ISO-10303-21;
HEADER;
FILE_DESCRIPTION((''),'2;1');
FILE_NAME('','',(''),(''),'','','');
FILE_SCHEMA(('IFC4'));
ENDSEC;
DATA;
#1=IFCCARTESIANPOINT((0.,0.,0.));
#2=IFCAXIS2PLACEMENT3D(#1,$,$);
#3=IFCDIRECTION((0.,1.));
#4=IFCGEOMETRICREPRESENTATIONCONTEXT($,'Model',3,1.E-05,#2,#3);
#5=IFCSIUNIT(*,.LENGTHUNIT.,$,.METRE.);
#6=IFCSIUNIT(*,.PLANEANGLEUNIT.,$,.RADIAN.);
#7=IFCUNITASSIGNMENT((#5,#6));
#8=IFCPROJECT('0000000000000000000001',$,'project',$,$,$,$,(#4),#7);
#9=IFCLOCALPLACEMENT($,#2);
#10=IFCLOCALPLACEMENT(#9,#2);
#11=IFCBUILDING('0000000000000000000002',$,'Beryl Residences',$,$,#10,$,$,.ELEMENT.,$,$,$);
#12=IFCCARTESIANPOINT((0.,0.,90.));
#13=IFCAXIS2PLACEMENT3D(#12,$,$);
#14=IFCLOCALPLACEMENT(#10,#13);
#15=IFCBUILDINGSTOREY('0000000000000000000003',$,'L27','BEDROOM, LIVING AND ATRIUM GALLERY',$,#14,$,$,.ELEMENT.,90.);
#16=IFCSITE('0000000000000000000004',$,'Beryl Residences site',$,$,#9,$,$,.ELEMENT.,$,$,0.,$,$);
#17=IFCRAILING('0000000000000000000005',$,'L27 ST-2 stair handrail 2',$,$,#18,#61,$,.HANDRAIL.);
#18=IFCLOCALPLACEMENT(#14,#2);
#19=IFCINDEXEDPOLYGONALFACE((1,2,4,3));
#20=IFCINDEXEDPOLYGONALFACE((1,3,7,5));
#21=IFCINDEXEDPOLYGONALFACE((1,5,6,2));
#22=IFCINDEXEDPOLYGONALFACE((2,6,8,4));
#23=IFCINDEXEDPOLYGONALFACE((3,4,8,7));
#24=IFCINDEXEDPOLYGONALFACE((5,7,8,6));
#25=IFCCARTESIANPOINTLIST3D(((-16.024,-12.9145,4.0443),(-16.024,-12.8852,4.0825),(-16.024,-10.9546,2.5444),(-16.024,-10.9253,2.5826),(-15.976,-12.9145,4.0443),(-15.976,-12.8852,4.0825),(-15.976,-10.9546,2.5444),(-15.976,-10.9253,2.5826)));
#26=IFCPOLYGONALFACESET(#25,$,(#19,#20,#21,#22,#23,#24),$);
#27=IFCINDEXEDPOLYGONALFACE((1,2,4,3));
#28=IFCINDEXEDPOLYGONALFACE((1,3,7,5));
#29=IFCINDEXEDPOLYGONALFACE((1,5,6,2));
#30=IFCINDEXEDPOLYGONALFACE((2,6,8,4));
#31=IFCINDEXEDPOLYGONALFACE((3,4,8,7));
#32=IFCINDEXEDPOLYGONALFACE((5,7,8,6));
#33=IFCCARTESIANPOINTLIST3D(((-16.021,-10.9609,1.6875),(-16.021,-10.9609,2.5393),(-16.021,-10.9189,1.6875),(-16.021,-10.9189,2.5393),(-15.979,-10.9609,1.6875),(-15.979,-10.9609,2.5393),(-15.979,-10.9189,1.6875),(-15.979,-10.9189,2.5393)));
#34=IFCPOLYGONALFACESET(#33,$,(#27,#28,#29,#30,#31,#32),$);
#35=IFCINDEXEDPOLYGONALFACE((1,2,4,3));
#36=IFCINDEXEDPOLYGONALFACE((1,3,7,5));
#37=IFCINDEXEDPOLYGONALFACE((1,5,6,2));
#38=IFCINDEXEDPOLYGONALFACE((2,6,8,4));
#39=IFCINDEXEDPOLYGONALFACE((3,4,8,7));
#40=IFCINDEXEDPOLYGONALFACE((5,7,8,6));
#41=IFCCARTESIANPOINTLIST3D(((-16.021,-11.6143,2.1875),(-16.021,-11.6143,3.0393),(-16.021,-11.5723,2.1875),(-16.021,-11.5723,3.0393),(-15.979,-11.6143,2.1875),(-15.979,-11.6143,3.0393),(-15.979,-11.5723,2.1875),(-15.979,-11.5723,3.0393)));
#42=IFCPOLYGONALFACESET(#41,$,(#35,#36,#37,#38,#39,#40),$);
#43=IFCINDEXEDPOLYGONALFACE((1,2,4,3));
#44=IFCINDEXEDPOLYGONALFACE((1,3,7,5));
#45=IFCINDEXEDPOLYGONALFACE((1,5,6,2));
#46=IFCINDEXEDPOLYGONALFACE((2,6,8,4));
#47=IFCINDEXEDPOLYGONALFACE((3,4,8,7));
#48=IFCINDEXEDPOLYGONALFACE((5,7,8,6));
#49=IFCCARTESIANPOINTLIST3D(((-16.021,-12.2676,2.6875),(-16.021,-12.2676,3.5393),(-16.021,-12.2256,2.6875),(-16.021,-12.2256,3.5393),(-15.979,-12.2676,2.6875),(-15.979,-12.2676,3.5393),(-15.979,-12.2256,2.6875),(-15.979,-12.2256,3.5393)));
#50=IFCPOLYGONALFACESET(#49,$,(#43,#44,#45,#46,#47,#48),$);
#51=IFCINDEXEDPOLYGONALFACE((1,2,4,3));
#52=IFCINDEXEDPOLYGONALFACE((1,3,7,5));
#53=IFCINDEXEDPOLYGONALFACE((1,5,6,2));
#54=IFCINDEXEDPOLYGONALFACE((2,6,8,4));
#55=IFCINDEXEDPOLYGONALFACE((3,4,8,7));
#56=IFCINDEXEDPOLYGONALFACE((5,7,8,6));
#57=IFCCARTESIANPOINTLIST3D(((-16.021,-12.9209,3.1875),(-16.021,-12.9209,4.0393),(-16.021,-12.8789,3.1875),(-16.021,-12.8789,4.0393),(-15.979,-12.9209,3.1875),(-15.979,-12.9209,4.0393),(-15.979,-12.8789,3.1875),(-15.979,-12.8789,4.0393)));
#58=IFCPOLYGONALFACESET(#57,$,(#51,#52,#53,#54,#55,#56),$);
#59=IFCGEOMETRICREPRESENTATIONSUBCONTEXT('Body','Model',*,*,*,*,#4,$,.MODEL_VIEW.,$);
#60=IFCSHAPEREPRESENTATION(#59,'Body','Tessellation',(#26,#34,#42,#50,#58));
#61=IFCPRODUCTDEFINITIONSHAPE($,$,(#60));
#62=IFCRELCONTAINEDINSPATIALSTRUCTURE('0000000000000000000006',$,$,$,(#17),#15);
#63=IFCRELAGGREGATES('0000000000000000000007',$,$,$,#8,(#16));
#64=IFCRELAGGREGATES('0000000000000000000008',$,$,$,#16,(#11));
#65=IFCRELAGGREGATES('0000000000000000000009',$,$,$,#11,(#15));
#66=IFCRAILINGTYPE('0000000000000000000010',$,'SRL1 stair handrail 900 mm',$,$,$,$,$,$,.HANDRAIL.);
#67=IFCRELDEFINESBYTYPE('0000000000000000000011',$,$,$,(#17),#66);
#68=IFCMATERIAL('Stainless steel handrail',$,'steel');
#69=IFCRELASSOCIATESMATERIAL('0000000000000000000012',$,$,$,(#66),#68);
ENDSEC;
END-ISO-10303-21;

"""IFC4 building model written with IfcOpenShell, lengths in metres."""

from ifc_helpers import new_model, si_unit, direction, frame, origin, origin_2d, place, context, subcontext, project, spatial, rectangle, extrude, material, type_object, element, save


model = new_model("IFC4")

# Units and contexts
model_context = context("Model", 3, precision=1e-05, world=origin(), true_north=direction((0.0, 1.0)))
body_context = subcontext(model_context, "Body", "Model", "MODEL_VIEW")
ifc_project = project(units=[si_unit("LENGTHUNIT", "METRE"), si_unit("PLANEANGLEUNIT", "RADIAN")], contexts=[model_context])

# Site, building, storey
site_placement = place(None, origin())
site = spatial("IfcSite", under=ifc_project, at=site_placement, Name="Beryl Residences site", CompositionType="ELEMENT", RefElevation=0.0)
building_placement = place(site_placement, origin())
building = spatial("IfcBuilding", under=site, at=building_placement, Name="Beryl Residences", CompositionType="ELEMENT")
storey_placement = place(building_placement, frame((0.0, 0.0, 90.0)))
storey = spatial("IfcBuildingStorey", under=building, at=storey_placement, Name="L27", Description="BEDROOM, LIVING AND ATRIUM GALLERY", CompositionType="ELEMENT", Elevation=90.0)

# Railing
ifc_material_1 = material(Name="Stainless steel handrail", Category="steel")
railing_type_1 = type_object("IfcRailingType", Name="SRL1 stair handrail 900 mm", PredefinedType="HANDRAIL", material=ifc_material_1)
railing_1_placement = place(storey_placement, frame((-16.0, -10.9399, 1.6875)))
element("IfcRailing", 1, at=railing_1_placement, inside=storey, type_object=railing_type_1, Name="L27 ST-2 stair handrail 2", PredefinedType="HANDRAIL", context=body_context, shape_type="SweptSolid", body=[
    extrude(rectangle(XDim=0.0481, YDim=0.0481, at=origin_2d()), frame((0.0, 0.0, 0.876), z_axis=(0.0, -0.794122, 0.607758), x_axis=(1.0, 0.0, 0.0)), (0.0, 0.0, 1.0), 2.468),
    extrude(rectangle(XDim=0.042, YDim=0.042, at=origin_2d()), origin(), (0.0, 0.0, 1.0), 0.8518),
    extrude(rectangle(XDim=0.042, YDim=0.042, at=origin_2d()), frame((0.0, -0.6533, 0.5)), (0.0, 0.0, 1.0), 0.8518),
    extrude(rectangle(XDim=0.042, YDim=0.042, at=origin_2d()), frame((0.0, -1.3066, 1.0)), (0.0, 0.0, 1.0), 0.8518),
    extrude(rectangle(XDim=0.042, YDim=0.042, at=origin_2d()), frame((0.0, -1.96, 1.5)), (0.0, 0.0, 1.0), 0.8518),
])

save(model, "model.ifc")
